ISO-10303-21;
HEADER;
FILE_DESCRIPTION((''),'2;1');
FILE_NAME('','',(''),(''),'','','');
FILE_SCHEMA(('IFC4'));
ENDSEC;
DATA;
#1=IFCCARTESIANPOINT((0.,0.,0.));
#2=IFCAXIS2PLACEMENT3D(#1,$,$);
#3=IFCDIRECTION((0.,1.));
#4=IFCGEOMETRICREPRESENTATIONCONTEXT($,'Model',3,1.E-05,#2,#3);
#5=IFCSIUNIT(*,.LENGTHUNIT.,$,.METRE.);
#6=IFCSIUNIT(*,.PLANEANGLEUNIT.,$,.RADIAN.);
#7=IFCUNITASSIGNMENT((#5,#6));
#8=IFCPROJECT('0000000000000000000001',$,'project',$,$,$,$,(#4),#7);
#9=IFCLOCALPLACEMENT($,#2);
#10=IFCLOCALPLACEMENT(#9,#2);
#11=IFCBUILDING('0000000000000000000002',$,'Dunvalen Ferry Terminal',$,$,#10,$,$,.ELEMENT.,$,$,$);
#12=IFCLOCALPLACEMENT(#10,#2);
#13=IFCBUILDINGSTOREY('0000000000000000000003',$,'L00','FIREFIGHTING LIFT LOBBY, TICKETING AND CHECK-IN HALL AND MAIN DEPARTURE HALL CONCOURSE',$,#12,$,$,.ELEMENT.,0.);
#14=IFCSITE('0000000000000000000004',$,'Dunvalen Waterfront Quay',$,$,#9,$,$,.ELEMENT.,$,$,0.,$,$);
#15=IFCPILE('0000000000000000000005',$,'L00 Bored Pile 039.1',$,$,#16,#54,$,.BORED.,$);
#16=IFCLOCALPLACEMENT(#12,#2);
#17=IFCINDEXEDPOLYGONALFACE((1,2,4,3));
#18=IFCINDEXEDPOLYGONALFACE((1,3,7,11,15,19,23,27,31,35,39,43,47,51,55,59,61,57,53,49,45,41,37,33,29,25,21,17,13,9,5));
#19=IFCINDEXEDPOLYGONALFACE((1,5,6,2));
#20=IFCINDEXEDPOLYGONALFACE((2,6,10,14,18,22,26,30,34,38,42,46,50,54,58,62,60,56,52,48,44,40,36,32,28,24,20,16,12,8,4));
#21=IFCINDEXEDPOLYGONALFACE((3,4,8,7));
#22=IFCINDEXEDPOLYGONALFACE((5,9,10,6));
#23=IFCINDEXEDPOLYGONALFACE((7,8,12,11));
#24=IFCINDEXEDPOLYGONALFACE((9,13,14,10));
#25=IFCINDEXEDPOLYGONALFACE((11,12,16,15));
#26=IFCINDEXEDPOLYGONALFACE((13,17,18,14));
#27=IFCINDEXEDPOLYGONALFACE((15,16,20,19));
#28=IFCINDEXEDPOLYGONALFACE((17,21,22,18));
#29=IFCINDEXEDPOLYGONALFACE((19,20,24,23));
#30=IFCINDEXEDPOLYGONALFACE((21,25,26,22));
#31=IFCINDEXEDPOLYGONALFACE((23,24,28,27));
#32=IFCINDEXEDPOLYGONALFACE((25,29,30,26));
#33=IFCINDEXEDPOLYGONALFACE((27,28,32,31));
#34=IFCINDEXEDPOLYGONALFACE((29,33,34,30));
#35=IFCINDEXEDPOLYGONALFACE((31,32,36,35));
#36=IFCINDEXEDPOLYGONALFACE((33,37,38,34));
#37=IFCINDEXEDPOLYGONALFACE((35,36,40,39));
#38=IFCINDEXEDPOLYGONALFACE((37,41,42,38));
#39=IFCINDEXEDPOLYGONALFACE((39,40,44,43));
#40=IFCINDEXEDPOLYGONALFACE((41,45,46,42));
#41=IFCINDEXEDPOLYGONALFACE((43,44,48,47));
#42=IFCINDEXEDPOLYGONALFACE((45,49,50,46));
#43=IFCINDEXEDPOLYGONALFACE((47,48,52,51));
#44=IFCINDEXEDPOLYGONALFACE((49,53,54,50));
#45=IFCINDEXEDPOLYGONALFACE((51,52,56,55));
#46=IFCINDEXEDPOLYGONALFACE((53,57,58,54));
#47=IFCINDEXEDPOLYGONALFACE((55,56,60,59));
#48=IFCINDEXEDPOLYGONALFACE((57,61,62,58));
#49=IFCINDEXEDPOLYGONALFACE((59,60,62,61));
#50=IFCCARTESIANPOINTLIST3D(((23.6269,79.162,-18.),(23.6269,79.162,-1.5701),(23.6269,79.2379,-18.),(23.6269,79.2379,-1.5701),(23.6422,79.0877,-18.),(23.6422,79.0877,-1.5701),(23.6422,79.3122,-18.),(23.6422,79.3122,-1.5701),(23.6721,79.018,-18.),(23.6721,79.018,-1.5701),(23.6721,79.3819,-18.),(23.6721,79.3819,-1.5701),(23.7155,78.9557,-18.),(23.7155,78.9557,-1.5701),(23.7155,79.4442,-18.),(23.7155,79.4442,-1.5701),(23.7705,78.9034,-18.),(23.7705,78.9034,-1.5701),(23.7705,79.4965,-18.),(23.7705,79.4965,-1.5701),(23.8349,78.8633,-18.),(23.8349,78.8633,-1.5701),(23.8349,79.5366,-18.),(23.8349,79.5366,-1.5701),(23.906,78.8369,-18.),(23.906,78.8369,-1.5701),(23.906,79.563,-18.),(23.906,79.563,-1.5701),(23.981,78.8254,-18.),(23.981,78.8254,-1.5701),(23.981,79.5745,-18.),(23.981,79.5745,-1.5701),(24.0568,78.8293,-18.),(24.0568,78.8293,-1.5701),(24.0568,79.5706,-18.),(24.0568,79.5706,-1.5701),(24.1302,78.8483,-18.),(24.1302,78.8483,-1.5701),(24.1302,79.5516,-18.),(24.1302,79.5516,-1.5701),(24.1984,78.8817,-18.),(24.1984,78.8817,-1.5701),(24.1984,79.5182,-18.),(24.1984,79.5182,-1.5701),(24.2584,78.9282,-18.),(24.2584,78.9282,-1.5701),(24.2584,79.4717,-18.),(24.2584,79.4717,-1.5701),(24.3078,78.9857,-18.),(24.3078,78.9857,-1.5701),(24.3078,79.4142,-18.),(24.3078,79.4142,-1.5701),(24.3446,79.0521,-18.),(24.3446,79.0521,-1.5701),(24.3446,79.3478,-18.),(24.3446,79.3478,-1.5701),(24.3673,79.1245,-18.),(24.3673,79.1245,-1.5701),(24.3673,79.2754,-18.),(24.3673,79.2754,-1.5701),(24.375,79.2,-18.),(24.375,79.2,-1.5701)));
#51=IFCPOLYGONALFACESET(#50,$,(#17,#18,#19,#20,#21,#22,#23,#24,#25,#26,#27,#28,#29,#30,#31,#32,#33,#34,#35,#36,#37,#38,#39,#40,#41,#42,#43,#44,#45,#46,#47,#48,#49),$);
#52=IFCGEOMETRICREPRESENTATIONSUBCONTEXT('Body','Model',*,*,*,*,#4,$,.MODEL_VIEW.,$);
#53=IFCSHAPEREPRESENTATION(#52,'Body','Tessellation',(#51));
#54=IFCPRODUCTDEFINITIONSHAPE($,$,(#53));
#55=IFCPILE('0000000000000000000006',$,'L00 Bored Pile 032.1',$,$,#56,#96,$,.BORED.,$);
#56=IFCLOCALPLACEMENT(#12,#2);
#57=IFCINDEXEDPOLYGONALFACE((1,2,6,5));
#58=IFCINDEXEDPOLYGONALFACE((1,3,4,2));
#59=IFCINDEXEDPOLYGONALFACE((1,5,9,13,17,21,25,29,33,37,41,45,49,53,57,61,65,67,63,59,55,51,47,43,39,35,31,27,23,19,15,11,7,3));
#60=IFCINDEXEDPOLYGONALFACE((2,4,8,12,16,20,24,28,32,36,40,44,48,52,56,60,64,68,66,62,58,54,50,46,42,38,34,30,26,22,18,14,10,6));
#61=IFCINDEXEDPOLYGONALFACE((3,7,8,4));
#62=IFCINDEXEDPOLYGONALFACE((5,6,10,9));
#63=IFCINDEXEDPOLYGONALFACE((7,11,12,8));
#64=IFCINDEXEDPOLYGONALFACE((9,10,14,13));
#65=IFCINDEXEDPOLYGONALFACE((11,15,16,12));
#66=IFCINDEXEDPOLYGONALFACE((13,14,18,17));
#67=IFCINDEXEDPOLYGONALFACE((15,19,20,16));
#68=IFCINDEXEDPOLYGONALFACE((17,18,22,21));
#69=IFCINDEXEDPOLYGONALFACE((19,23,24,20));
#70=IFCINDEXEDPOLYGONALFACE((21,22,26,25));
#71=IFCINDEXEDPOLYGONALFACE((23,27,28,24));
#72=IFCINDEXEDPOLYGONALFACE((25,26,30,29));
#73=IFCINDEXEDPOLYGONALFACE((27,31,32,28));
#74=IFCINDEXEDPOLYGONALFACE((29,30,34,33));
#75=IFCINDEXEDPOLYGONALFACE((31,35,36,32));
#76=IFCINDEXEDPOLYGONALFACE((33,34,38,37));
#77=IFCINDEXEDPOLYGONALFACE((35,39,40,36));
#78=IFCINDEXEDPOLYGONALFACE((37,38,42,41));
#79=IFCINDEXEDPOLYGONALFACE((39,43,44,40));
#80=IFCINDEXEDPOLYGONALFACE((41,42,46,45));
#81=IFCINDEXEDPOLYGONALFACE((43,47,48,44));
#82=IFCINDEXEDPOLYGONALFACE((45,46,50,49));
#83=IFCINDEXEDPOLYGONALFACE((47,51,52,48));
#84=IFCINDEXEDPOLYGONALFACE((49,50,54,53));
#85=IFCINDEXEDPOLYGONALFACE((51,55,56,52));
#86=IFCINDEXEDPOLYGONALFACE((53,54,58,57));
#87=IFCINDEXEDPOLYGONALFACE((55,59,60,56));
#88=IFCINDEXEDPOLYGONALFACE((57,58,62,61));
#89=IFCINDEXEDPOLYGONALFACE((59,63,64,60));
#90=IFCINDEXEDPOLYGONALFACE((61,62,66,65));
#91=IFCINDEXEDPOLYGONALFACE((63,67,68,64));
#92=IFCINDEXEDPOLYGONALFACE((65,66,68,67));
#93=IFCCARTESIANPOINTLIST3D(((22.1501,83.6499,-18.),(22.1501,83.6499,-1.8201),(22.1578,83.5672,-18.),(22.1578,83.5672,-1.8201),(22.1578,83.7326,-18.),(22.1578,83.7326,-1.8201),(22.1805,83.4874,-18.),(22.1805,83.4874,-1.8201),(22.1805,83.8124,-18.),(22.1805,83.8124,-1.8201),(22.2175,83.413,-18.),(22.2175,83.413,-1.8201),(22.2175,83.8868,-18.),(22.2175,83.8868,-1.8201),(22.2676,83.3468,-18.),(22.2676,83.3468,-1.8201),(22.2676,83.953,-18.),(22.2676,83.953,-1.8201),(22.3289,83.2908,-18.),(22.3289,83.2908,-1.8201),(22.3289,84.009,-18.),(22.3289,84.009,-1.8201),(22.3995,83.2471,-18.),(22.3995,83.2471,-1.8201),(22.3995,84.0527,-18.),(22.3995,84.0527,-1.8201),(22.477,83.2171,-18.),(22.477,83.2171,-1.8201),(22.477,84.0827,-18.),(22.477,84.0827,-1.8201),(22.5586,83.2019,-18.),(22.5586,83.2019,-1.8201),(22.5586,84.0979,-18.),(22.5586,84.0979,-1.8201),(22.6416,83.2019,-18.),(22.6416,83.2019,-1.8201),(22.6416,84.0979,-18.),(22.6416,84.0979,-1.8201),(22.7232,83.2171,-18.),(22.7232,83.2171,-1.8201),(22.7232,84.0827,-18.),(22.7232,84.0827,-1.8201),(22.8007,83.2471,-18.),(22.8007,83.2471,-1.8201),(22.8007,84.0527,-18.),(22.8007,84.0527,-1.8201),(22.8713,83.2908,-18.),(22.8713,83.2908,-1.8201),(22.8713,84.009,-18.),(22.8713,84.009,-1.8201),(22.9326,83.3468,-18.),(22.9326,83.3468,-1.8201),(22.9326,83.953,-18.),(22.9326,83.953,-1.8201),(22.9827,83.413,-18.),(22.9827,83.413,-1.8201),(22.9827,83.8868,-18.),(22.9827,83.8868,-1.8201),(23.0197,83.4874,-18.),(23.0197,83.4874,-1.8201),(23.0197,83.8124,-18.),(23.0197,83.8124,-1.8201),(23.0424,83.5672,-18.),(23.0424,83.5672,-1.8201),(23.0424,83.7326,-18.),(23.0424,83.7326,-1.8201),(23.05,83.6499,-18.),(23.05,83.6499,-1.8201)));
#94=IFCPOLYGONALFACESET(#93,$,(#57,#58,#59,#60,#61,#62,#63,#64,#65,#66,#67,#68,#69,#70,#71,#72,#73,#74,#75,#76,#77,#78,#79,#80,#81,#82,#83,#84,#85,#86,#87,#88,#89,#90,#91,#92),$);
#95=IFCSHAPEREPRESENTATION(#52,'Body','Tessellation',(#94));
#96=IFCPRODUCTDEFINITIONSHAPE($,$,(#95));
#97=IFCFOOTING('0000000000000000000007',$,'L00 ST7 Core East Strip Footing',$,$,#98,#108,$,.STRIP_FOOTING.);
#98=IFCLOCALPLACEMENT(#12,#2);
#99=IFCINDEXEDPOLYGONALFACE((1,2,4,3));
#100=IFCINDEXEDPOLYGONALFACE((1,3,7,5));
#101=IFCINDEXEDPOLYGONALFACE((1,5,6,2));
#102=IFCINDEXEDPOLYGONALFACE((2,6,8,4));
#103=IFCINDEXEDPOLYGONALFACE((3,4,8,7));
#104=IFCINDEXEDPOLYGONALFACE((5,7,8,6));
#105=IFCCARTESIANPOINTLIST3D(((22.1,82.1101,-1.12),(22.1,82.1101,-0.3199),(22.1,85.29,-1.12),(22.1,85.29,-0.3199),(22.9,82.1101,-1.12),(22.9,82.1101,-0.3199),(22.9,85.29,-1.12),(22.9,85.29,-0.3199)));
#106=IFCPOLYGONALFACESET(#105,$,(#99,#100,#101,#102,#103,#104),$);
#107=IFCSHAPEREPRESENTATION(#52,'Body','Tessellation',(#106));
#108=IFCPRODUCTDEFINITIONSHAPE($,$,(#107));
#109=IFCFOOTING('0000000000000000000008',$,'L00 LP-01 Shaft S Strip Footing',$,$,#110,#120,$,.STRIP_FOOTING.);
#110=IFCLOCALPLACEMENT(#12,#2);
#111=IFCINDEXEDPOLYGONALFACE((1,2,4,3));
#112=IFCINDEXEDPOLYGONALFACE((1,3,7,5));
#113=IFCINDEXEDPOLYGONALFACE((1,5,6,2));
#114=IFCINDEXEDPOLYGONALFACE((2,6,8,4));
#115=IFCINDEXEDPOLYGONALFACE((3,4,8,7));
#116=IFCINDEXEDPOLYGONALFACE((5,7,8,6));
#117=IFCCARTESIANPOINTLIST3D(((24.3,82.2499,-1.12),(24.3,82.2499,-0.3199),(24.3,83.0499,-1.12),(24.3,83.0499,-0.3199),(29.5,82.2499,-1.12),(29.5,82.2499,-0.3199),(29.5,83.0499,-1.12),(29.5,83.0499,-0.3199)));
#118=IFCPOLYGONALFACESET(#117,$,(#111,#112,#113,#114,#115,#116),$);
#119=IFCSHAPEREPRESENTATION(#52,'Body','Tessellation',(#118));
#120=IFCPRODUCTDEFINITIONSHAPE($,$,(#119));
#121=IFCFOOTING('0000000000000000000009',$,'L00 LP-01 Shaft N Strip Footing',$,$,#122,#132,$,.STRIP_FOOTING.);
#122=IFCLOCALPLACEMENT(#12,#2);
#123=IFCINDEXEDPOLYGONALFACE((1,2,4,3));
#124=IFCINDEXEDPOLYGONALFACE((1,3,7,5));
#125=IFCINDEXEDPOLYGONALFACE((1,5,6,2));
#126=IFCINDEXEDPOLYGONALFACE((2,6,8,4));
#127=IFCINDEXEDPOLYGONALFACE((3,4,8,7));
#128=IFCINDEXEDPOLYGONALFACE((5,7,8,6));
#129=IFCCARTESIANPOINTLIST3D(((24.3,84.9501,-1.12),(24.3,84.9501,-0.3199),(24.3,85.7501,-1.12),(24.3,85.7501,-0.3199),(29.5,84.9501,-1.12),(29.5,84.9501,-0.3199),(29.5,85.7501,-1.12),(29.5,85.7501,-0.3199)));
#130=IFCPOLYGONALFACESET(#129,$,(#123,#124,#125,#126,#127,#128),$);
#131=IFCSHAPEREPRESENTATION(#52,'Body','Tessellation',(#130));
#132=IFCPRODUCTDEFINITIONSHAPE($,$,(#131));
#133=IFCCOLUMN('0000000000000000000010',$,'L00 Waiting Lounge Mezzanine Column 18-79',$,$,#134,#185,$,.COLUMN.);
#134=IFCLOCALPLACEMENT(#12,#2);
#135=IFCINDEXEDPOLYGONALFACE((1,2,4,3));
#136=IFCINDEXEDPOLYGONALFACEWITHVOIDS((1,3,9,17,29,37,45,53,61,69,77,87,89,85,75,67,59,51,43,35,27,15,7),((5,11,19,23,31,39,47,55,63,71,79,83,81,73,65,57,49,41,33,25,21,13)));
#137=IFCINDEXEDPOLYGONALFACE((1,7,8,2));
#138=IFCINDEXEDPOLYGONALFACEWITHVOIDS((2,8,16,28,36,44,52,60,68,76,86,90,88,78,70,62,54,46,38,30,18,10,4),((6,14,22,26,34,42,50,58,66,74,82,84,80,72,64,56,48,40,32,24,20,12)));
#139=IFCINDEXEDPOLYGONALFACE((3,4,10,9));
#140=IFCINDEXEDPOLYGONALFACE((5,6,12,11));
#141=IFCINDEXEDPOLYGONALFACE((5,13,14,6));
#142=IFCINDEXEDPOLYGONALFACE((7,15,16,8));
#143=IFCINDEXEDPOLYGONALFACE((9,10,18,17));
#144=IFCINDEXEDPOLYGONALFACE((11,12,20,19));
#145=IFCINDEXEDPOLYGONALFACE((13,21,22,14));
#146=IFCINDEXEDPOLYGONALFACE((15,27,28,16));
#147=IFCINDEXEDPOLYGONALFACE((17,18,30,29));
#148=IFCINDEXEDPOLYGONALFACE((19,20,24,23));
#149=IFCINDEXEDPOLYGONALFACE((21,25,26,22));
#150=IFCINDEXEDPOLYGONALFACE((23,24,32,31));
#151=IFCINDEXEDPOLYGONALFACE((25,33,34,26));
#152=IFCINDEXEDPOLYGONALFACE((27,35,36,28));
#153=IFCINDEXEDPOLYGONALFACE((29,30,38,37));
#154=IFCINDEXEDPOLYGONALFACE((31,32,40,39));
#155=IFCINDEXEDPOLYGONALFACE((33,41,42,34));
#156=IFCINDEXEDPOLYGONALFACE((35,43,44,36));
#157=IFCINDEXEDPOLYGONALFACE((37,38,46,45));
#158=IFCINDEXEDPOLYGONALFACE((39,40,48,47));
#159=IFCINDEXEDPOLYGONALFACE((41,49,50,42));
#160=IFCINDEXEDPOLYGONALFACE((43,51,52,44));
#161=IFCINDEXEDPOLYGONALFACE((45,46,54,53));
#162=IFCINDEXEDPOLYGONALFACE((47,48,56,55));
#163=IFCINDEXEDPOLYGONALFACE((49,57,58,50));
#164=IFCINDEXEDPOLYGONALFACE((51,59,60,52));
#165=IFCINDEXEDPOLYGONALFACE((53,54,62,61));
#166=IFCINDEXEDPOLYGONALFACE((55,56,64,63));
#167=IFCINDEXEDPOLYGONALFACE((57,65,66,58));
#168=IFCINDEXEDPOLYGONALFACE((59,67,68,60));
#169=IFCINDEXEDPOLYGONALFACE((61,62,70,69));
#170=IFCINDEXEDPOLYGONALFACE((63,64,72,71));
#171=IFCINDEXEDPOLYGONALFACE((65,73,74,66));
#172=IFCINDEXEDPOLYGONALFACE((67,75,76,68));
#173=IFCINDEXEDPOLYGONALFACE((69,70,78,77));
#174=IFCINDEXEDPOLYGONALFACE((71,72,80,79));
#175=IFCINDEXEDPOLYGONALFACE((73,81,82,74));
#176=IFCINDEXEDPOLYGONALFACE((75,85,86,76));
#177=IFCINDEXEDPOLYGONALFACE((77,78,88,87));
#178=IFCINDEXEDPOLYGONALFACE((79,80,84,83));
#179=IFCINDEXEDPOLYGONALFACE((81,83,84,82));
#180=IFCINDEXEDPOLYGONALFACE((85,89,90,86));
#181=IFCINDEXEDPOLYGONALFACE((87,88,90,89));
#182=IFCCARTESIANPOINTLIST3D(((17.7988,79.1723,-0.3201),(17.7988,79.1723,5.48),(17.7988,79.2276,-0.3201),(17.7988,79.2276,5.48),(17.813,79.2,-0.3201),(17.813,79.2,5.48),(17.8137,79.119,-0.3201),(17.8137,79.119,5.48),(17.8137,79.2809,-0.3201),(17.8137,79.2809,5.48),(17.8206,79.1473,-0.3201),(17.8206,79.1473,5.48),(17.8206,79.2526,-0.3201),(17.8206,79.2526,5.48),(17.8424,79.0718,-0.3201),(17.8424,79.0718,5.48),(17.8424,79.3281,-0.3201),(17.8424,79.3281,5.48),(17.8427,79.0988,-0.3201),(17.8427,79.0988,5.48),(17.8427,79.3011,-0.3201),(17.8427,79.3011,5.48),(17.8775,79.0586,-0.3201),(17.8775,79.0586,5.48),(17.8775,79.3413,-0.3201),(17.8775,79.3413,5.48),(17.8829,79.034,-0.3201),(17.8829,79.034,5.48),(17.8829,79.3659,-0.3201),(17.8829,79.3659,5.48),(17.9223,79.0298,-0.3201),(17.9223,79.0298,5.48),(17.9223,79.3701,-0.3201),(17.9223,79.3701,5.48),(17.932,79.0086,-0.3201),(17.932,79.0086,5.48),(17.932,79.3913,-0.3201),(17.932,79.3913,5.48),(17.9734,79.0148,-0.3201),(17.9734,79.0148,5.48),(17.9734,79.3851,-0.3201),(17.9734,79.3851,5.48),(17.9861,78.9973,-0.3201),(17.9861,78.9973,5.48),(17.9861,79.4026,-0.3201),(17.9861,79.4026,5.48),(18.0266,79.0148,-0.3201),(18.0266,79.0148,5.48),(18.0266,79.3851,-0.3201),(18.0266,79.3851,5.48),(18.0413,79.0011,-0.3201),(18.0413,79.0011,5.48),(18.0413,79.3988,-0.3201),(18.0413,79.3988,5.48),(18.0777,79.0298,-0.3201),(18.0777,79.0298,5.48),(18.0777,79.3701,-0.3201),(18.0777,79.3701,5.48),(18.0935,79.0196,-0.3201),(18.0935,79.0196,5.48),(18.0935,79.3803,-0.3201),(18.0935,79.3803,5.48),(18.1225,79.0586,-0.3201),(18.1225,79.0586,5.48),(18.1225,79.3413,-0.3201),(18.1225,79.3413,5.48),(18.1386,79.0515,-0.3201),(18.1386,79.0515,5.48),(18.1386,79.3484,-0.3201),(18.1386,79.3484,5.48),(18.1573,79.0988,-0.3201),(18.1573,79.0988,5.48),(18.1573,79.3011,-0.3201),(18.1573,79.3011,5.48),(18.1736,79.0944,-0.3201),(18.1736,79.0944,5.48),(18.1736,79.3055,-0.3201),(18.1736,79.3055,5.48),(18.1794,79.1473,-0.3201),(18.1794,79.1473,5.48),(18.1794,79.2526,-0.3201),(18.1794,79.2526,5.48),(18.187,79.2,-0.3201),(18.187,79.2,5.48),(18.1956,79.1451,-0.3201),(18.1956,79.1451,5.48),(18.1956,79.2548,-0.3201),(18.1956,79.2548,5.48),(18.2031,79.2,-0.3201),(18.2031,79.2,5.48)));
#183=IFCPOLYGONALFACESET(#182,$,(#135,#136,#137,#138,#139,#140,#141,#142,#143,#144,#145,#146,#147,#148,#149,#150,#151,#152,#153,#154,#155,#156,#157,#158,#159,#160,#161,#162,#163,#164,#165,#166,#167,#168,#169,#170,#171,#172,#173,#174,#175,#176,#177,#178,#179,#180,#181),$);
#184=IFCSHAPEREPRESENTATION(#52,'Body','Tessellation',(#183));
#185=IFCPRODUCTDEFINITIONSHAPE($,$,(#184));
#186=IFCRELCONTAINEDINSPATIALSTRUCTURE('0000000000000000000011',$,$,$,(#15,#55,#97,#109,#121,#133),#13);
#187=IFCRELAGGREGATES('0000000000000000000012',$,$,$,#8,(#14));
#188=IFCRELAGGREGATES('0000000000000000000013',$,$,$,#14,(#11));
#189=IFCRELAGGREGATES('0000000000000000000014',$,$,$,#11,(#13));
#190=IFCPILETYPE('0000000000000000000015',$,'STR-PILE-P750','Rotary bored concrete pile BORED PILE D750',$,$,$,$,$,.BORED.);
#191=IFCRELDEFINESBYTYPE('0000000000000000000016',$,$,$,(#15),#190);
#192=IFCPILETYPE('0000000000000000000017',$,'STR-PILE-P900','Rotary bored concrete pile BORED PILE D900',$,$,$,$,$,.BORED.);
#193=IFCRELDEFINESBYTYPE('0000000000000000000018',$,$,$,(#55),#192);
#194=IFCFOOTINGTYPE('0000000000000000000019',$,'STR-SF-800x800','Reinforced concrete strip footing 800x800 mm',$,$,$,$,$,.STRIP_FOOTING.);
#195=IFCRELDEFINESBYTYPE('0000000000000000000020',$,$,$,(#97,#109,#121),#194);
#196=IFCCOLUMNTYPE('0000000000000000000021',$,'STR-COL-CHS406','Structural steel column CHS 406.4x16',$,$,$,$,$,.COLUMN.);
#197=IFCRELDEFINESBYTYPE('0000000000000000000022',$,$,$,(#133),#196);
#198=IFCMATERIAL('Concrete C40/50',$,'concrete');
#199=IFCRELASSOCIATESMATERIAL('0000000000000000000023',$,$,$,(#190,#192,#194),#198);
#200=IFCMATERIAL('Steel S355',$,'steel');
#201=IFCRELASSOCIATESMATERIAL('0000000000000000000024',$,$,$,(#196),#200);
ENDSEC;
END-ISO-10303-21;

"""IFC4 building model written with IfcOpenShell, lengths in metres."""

from ifc_helpers import new_model, si_unit, direction, frame, origin, origin_2d, place, context, subcontext, project, spatial, rectangle, circle, hollow_circle, extrude, material, material_profile, profile_set, type_object, element, save


model = new_model("IFC4")

# Units and contexts
model_context = context("Model", 3, precision=1e-05, world=origin(), true_north=direction((0.0, 1.0)))
body_context = subcontext(model_context, "Body", "Model", "MODEL_VIEW")
ifc_project = project(units=[si_unit("LENGTHUNIT", "METRE"), si_unit("PLANEANGLEUNIT", "RADIAN")], contexts=[model_context])

# Site, building, storey
site_placement = place(None, origin())
site = spatial("IfcSite", under=ifc_project, at=site_placement, Name="Dunvalen Waterfront Quay", CompositionType="ELEMENT", RefElevation=0.0)
building_placement = place(site_placement, origin())
building = spatial("IfcBuilding", under=site, at=building_placement, Name="Dunvalen Ferry Terminal", CompositionType="ELEMENT")
storey_placement = place(building_placement, origin())
storey = spatial("IfcBuildingStorey", under=building, at=storey_placement, Name="L00", Description="FIREFIGHTING LIFT LOBBY, TICKETING AND CHECK-IN HALL AND MAIN DEPARTURE HALL CONCOURSE", CompositionType="ELEMENT", Elevation=0.0)

# Shared definitions
ifc_material_1 = material(Name="Concrete C40/50", Category="concrete")

# Piles
ifc_material_profile_1 = material_profile(ifc_material_1, circle(Radius=0.375, at=origin_2d()), Name="Concrete C40/50")
ifc_profile_set_1 = profile_set([ifc_material_profile_1], Name="Concrete C40/50")
pile_type_1 = type_object("IfcPileType", Name="STR-PILE-P750", Description="Rotary bored concrete pile BORED PILE D750", PredefinedType="BORED", material=ifc_profile_set_1)
pile_1_placement = place(storey_placement, frame((24.0, 79.2, -1.5701), z_axis=(0.0, 0.0, -1.0), x_axis=(1.0, 0.0, 0.0)))
element("IfcPile", 1, at=pile_1_placement, inside=storey, type_object=pile_type_1, Name="L00 Bored Pile 039.1", PredefinedType="BORED", context=body_context, shape_type="SweptSolid", body=[
    extrude(circle(Radius=0.375, at=origin_2d()), origin(), (0.0, 0.0, 1.0), 16.4299),
])
ifc_material_profile_2 = material_profile(ifc_material_1, circle(Radius=0.45, at=origin_2d()), Name="Concrete C40/50")
ifc_profile_set_2 = profile_set([ifc_material_profile_2], Name="Concrete C40/50")
pile_type_2 = type_object("IfcPileType", Name="STR-PILE-P900", Description="Rotary bored concrete pile BORED PILE D900", PredefinedType="BORED", material=ifc_profile_set_2)
pile_2_placement = place(storey_placement, frame((22.6001, 83.6499, -1.8201), z_axis=(0.0, 0.0, -1.0), x_axis=(1.0, 0.0, 0.0)))
element("IfcPile", 2, at=pile_2_placement, inside=storey, type_object=pile_type_2, Name="L00 Bored Pile 032.1", PredefinedType="BORED", context=body_context, shape_type="SweptSolid", body=[
    extrude(circle(Radius=0.45, at=origin_2d()), origin(), (0.0, 0.0, 1.0), 16.1799),
])

# Footings
ifc_material_profile_3 = material_profile(ifc_material_1, rectangle(XDim=0.8, YDim=0.8, at=origin_2d()), Name="Concrete C40/50")
ifc_profile_set_3 = profile_set([ifc_material_profile_3], Name="Concrete C40/50")
footing_type_1 = type_object("IfcFootingType", Name="STR-SF-800x800", Description="Reinforced concrete strip footing 800x800 mm", PredefinedType="STRIP_FOOTING", material=ifc_profile_set_3)
footing_1_placement = place(storey_placement, frame((22.5, 82.1101, -0.72), z_axis=(0.0, 1.0, 0.0), x_axis=(-1.0, 0.0, 0.0)))
element("IfcFooting", 3, at=footing_1_placement, inside=storey, type_object=footing_type_1, Name="L00 ST7 Core East Strip Footing", PredefinedType="STRIP_FOOTING", context=body_context, shape_type="SweptSolid", body=[
    extrude(rectangle(XDim=0.8, YDim=0.8, at=origin_2d()), origin(), (0.0, 0.0, 1.0), 3.1799),
])
for number, where, z_axis, x_axis, name in (
    (4, (24.3, 82.6499, -0.72), (1.0, 0.0, 0.0), (0.0, 1.0, 0.0), "L00 LP-01 Shaft S Strip Footing"),
    (5, (24.3, 85.3501, -0.72), (1.0, 0.0, 0.0), (0.0, 1.0, 0.0), "L00 LP-01 Shaft N Strip Footing"),
):
    element("IfcFooting", number, at=place(storey_placement, frame(where, z_axis=z_axis, x_axis=x_axis)), inside=storey, type_object=footing_type_1, Name=name, PredefinedType="STRIP_FOOTING", context=body_context, shape_type="SweptSolid", body=[
        extrude(rectangle(XDim=0.8, YDim=0.8, at=origin_2d()), origin(), (0.0, 0.0, 1.0), 5.2),
    ])

# Column
ifc_material_2 = material(Name="Steel S355", Category="steel")
ifc_material_profile_4 = material_profile(ifc_material_2, hollow_circle(Radius=0.2031, WallThickness=0.0161, at=origin_2d()), Name="Steel S355")
ifc_profile_set_4 = profile_set([ifc_material_profile_4], Name="Steel S355")
column_type_1 = type_object("IfcColumnType", Name="STR-COL-CHS406", Description="Structural steel column CHS 406.4x16", PredefinedType="COLUMN", material=ifc_profile_set_4)
column_1_placement = place(storey_placement, frame((18.0, 79.2, -0.3201), z_axis=(0.0, 0.0, 1.0), x_axis=(1.0, 0.0, 0.0)))
element("IfcColumn", 6, at=column_1_placement, inside=storey, type_object=column_type_1, Name="L00 Waiting Lounge Mezzanine Column 18-79", PredefinedType="COLUMN", context=body_context, shape_type="SweptSolid", body=[
    extrude(hollow_circle(Radius=0.2031, WallThickness=0.0161, at=origin_2d()), origin(), (0.0, 0.0, 1.0), 5.8),
])

save(model, "model.ifc")
